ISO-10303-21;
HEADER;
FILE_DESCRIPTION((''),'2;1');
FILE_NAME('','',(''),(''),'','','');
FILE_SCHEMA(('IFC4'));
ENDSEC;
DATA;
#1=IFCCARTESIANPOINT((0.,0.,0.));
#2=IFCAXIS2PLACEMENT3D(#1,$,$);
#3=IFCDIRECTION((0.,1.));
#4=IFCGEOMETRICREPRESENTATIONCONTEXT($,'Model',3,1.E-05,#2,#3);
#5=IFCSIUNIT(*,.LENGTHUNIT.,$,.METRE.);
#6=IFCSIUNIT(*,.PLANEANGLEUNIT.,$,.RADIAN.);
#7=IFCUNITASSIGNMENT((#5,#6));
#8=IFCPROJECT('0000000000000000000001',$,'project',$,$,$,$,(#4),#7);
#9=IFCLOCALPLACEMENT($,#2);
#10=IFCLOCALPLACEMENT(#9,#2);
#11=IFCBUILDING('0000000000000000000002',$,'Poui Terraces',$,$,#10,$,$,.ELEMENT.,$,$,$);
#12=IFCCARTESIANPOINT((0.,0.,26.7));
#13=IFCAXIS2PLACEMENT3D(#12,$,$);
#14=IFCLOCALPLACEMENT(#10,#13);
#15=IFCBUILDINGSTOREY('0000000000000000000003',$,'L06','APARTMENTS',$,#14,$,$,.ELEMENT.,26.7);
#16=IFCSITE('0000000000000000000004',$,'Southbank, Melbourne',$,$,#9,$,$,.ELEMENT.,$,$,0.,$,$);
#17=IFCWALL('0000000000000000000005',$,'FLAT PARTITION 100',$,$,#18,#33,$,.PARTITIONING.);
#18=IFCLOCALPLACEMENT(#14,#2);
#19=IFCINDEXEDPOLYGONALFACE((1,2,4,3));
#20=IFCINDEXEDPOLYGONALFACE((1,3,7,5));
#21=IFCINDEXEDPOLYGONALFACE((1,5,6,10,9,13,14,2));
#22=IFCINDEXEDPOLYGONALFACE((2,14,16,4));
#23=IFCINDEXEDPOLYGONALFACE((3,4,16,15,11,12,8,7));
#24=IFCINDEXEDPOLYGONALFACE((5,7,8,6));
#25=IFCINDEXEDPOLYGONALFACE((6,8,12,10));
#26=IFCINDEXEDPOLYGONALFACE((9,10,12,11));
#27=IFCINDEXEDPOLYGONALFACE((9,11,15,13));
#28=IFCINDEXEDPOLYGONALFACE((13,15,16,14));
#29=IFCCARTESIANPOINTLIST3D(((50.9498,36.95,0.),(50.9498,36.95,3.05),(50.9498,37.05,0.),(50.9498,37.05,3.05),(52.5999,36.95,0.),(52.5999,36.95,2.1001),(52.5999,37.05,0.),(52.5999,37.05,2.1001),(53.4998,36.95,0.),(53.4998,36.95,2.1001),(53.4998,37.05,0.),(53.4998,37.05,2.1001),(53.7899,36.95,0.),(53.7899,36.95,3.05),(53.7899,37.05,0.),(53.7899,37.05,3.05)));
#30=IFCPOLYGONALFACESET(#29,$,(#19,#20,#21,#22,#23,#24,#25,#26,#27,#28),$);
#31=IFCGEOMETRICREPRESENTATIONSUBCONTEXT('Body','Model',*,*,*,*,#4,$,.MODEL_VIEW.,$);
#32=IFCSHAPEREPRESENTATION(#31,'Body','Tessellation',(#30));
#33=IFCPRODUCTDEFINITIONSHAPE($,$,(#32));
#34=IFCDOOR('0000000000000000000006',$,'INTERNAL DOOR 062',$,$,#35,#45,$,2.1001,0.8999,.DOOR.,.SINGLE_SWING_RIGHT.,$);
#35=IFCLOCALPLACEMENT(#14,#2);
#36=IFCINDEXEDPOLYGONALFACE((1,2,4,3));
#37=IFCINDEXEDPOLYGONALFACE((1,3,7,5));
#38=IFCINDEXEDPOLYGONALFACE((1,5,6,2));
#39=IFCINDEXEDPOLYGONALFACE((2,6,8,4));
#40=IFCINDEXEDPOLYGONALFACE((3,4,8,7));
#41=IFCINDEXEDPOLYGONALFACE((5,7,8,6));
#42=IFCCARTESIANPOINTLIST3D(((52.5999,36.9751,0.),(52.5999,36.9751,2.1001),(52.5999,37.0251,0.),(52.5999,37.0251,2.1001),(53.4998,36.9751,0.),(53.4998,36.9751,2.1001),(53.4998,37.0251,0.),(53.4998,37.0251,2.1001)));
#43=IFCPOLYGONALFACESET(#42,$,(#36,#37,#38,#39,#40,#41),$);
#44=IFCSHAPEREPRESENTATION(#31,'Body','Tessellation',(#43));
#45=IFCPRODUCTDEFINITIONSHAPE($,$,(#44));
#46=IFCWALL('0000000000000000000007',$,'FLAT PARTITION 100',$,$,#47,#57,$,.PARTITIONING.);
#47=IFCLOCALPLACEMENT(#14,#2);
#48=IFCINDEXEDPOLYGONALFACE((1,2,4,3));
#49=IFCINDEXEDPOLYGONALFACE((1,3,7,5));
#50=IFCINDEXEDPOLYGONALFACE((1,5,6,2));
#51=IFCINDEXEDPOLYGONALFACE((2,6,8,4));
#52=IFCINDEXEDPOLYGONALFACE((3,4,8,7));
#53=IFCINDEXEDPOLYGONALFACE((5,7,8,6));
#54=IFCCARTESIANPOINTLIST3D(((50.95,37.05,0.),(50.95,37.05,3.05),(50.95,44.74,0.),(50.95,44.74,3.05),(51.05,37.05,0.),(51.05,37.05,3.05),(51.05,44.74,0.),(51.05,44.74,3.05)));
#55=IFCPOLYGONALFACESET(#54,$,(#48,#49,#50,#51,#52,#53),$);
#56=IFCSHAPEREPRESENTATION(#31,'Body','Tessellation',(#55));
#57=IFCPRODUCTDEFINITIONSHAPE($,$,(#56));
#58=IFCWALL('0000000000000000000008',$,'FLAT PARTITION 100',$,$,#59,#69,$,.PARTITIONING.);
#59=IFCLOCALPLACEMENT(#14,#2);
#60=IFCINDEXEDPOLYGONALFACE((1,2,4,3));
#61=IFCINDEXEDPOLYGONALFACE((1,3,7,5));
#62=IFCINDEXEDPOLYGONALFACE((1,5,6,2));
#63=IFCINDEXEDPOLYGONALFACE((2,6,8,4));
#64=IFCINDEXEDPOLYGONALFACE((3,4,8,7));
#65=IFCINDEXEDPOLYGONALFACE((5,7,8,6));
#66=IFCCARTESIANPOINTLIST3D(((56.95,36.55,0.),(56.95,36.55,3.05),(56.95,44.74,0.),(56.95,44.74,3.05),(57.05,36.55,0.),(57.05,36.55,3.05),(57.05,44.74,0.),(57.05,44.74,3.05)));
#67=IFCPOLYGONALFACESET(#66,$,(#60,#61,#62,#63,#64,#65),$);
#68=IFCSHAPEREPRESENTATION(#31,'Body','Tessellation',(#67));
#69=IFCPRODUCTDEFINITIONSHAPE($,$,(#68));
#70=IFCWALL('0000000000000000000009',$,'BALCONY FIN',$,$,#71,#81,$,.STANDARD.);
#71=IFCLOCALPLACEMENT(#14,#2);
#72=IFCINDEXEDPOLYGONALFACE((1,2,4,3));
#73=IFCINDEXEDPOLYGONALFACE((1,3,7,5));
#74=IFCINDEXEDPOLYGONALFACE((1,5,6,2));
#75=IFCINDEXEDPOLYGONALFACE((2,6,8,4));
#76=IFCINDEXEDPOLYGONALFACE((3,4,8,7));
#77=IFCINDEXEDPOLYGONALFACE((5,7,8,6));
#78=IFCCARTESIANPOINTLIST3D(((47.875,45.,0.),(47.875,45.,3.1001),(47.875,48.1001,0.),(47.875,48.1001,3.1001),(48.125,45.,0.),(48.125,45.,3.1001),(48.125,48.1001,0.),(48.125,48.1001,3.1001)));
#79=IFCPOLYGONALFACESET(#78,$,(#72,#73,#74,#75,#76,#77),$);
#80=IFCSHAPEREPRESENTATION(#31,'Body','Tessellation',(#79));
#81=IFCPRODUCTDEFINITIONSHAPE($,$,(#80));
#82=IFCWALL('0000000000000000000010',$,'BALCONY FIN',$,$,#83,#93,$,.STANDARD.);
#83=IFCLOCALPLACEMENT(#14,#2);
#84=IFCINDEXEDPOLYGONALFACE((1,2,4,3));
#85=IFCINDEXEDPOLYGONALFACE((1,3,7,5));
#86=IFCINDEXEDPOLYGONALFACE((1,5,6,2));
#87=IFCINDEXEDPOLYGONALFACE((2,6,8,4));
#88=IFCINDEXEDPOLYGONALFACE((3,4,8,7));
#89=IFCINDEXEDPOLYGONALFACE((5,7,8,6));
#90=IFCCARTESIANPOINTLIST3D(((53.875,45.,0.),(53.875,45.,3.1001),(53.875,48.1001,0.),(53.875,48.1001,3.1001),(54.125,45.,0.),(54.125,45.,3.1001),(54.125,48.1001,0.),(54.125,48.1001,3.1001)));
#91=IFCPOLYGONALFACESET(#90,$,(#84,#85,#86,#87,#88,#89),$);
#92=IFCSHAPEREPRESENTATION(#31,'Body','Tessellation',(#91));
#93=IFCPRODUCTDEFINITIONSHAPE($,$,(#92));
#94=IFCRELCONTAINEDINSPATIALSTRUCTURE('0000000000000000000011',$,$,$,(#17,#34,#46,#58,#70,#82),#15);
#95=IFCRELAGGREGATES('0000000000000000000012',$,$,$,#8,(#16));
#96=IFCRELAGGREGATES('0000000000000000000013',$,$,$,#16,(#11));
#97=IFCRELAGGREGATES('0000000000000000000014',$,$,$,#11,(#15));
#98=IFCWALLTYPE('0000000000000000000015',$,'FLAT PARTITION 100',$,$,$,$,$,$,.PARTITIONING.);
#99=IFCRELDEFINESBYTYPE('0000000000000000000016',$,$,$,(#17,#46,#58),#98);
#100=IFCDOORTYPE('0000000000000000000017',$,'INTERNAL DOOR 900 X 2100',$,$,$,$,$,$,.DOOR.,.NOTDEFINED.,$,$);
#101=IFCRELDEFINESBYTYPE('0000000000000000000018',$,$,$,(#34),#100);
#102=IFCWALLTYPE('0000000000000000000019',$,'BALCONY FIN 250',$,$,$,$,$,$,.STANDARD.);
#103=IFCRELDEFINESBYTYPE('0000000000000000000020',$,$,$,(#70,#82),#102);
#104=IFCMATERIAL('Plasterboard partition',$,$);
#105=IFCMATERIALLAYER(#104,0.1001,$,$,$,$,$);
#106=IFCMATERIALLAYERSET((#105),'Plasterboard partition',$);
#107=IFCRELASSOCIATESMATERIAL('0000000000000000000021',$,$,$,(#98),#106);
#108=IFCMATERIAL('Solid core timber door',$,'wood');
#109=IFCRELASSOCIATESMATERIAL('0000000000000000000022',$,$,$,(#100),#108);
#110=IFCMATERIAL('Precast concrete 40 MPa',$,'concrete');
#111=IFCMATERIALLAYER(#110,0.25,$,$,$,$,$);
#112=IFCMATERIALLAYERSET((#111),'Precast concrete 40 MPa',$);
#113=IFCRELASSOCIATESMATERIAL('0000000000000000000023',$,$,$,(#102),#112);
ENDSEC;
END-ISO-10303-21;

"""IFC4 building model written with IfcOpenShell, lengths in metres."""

from ifc_helpers import new_model, si_unit, direction, frame, frame_2d, origin, place, context, subcontext, project, spatial, polyline, rectangle, outline, extrude, source, transform, mapped, material, layer, layer_set, type_object, element, fill, save


model = new_model("IFC4")

# Units and contexts
model_context = context("Model", 3, precision=1e-05, world=origin(), true_north=direction((0.0, 1.0)))
body_context = subcontext(model_context, "Body", "Model", "MODEL_VIEW")
ifc_project = project(units=[si_unit("LENGTHUNIT", "METRE"), si_unit("PLANEANGLEUNIT", "RADIAN")], contexts=[model_context])

# Site, building, storey
site_placement = place(None, origin())
site = spatial("IfcSite", under=ifc_project, at=site_placement, Name="Southbank, Melbourne", CompositionType="ELEMENT", RefElevation=0.0)
building_placement = place(site_placement, origin())
building = spatial("IfcBuilding", under=site, at=building_placement, Name="Poui Terraces", CompositionType="ELEMENT")
storey_placement = place(building_placement, frame((0.0, 0.0, 26.7)))
storey = spatial("IfcBuildingStorey", under=building, at=storey_placement, Name="L06", Description="APARTMENTS", CompositionType="ELEMENT", Elevation=26.7)

# Wall, opening, door
ifc_material_1 = material(Name="Plasterboard partition")
ifc_layer_1 = layer(ifc_material_1, 0.1001)
ifc_layer_set_1 = layer_set([ifc_layer_1], Name="Plasterboard partition")
wall_type_1 = type_object("IfcWallType", Name="FLAT PARTITION 100", PredefinedType="PARTITIONING", material=ifc_layer_set_1)
ifc_material_2 = material(Name="Solid core timber door", Category="wood")
door_type_1 = type_object("IfcDoorType", Name="INTERNAL DOOR 900 X 2100", OperationType="NOTDEFINED", PredefinedType="DOOR", material=ifc_material_2)
wall_1_placement = place(storey_placement, frame((50.95, 37.0, 0.0), z_axis=(0.0, 0.0, 1.0), x_axis=(1.0, 0.0, 0.0)))
wall_1 = element("IfcWall", 1, at=wall_1_placement, inside=storey, type_object=wall_type_1, Name="FLAT PARTITION 100", PredefinedType="PARTITIONING", context=body_context, shape_type="SweptSolid", body=[
    extrude(rectangle(XDim=2.8401, YDim=0.1001, at=frame_2d((1.4199, 0.0))), origin(), (0.0, 0.0, 1.0), 3.05),
])
opening_1_placement = place(wall_1_placement, frame((1.6499, 0.0, 0.0)))
opening_1 = element("IfcOpeningElement", 2, at=opening_1_placement, cuts=wall_1, PredefinedType="OPENING", context=body_context, shape_type="SweptSolid", body=[
    extrude(rectangle(XDim=0.8999, YDim=2.1001, at=frame_2d((0.45, 1.05))), frame((0.0, 0.0601, 0.0), z_axis=(0.0, -1.0, 0.0), x_axis=(1.0, 0.0, 0.0)), (0.0, 0.0, 1.0), 0.1201),
])
door_1_placement = place(opening_1_placement, frame((0.8999, 0.0, 0.0), z_axis=(0.0, 0.0, 1.0), x_axis=(-1.0, 0.0, 0.0)))
door_1 = element("IfcDoor", 3, at=door_1_placement, inside=storey, type_object=door_type_1, Name="INTERNAL DOOR 062", OperationType="SINGLE_SWING_RIGHT", OverallHeight=2.1001, OverallWidth=0.8999, PredefinedType="DOOR", context=body_context, shape_type="SweptSolid", body=[
    extrude(rectangle(XDim=0.8999, YDim=2.1001, at=frame_2d((0.45, 1.05))), frame((0.0, 0.0249, 0.0), z_axis=(0.0, -1.0, 0.0), x_axis=(1.0, 0.0, 0.0)), (0.0, 0.0, 1.0), 0.05),
])
fill(opening_1, door_1)

# Walls
wall_2_placement = place(storey_placement, frame((51.0, 37.05, 0.0), z_axis=(0.0, 0.0, 1.0), x_axis=(0.0, 1.0, 0.0)))
element("IfcWall", 4, at=wall_2_placement, inside=storey, type_object=wall_type_1, Name="FLAT PARTITION 100", PredefinedType="PARTITIONING", context=body_context, shape_type="SweptSolid", body=[
    extrude(rectangle(XDim=7.6899, YDim=0.1001, at=frame_2d((3.845, 0.0))), origin(), (0.0, 0.0, 1.0), 3.05),
])
wall_3_placement = place(storey_placement, frame((57.0, 36.55, 0.0), z_axis=(0.0, 0.0, 1.0), x_axis=(0.0, 1.0, 0.0)))
element("IfcWall", 5, at=wall_3_placement, inside=storey, type_object=wall_type_1, Name="FLAT PARTITION 100", PredefinedType="PARTITIONING", context=body_context, shape_type="SweptSolid", body=[
    extrude(rectangle(XDim=8.1899, YDim=0.1001, at=frame_2d((4.095, 0.0))), origin(), (0.0, 0.0, 1.0), 3.05),
])
ifc_material_3 = material(Name="Precast concrete 40 MPa", Category="concrete")
ifc_layer_2 = layer(ifc_material_3, 0.25)
ifc_layer_set_2 = layer_set([ifc_layer_2], Name="Precast concrete 40 MPa")
wall_type_2 = type_object("IfcWallType", Name="BALCONY FIN 250", PredefinedType="STANDARD", material=ifc_layer_set_2)
shared_shape_1 = source(origin(), body_context, "Body", "SweptSolid", [
    extrude(outline(polyline([(0.0, 0.0), (0.25, 0.0), (0.25, 3.1001), (0.0, 3.1001), (0.0, 0.0)])), origin(), (0.0, 0.0, 1.0), 3.1001),
])
for number, where, name in (
    (6, (47.875, 45.0, 0.0), "BALCONY FIN"),
    (7, (53.875, 45.0, 0.0), "BALCONY FIN"),
):
    element("IfcWall", number, at=place(storey_placement, frame(where)), inside=storey, type_object=wall_type_2, Name=name, PredefinedType="STANDARD", context=body_context, shape_type="MappedRepresentation", body=[
        mapped(shared_shape_1, transform((0.0, 0.0, 0.0))),
    ])

save(model, "model.ifc")
